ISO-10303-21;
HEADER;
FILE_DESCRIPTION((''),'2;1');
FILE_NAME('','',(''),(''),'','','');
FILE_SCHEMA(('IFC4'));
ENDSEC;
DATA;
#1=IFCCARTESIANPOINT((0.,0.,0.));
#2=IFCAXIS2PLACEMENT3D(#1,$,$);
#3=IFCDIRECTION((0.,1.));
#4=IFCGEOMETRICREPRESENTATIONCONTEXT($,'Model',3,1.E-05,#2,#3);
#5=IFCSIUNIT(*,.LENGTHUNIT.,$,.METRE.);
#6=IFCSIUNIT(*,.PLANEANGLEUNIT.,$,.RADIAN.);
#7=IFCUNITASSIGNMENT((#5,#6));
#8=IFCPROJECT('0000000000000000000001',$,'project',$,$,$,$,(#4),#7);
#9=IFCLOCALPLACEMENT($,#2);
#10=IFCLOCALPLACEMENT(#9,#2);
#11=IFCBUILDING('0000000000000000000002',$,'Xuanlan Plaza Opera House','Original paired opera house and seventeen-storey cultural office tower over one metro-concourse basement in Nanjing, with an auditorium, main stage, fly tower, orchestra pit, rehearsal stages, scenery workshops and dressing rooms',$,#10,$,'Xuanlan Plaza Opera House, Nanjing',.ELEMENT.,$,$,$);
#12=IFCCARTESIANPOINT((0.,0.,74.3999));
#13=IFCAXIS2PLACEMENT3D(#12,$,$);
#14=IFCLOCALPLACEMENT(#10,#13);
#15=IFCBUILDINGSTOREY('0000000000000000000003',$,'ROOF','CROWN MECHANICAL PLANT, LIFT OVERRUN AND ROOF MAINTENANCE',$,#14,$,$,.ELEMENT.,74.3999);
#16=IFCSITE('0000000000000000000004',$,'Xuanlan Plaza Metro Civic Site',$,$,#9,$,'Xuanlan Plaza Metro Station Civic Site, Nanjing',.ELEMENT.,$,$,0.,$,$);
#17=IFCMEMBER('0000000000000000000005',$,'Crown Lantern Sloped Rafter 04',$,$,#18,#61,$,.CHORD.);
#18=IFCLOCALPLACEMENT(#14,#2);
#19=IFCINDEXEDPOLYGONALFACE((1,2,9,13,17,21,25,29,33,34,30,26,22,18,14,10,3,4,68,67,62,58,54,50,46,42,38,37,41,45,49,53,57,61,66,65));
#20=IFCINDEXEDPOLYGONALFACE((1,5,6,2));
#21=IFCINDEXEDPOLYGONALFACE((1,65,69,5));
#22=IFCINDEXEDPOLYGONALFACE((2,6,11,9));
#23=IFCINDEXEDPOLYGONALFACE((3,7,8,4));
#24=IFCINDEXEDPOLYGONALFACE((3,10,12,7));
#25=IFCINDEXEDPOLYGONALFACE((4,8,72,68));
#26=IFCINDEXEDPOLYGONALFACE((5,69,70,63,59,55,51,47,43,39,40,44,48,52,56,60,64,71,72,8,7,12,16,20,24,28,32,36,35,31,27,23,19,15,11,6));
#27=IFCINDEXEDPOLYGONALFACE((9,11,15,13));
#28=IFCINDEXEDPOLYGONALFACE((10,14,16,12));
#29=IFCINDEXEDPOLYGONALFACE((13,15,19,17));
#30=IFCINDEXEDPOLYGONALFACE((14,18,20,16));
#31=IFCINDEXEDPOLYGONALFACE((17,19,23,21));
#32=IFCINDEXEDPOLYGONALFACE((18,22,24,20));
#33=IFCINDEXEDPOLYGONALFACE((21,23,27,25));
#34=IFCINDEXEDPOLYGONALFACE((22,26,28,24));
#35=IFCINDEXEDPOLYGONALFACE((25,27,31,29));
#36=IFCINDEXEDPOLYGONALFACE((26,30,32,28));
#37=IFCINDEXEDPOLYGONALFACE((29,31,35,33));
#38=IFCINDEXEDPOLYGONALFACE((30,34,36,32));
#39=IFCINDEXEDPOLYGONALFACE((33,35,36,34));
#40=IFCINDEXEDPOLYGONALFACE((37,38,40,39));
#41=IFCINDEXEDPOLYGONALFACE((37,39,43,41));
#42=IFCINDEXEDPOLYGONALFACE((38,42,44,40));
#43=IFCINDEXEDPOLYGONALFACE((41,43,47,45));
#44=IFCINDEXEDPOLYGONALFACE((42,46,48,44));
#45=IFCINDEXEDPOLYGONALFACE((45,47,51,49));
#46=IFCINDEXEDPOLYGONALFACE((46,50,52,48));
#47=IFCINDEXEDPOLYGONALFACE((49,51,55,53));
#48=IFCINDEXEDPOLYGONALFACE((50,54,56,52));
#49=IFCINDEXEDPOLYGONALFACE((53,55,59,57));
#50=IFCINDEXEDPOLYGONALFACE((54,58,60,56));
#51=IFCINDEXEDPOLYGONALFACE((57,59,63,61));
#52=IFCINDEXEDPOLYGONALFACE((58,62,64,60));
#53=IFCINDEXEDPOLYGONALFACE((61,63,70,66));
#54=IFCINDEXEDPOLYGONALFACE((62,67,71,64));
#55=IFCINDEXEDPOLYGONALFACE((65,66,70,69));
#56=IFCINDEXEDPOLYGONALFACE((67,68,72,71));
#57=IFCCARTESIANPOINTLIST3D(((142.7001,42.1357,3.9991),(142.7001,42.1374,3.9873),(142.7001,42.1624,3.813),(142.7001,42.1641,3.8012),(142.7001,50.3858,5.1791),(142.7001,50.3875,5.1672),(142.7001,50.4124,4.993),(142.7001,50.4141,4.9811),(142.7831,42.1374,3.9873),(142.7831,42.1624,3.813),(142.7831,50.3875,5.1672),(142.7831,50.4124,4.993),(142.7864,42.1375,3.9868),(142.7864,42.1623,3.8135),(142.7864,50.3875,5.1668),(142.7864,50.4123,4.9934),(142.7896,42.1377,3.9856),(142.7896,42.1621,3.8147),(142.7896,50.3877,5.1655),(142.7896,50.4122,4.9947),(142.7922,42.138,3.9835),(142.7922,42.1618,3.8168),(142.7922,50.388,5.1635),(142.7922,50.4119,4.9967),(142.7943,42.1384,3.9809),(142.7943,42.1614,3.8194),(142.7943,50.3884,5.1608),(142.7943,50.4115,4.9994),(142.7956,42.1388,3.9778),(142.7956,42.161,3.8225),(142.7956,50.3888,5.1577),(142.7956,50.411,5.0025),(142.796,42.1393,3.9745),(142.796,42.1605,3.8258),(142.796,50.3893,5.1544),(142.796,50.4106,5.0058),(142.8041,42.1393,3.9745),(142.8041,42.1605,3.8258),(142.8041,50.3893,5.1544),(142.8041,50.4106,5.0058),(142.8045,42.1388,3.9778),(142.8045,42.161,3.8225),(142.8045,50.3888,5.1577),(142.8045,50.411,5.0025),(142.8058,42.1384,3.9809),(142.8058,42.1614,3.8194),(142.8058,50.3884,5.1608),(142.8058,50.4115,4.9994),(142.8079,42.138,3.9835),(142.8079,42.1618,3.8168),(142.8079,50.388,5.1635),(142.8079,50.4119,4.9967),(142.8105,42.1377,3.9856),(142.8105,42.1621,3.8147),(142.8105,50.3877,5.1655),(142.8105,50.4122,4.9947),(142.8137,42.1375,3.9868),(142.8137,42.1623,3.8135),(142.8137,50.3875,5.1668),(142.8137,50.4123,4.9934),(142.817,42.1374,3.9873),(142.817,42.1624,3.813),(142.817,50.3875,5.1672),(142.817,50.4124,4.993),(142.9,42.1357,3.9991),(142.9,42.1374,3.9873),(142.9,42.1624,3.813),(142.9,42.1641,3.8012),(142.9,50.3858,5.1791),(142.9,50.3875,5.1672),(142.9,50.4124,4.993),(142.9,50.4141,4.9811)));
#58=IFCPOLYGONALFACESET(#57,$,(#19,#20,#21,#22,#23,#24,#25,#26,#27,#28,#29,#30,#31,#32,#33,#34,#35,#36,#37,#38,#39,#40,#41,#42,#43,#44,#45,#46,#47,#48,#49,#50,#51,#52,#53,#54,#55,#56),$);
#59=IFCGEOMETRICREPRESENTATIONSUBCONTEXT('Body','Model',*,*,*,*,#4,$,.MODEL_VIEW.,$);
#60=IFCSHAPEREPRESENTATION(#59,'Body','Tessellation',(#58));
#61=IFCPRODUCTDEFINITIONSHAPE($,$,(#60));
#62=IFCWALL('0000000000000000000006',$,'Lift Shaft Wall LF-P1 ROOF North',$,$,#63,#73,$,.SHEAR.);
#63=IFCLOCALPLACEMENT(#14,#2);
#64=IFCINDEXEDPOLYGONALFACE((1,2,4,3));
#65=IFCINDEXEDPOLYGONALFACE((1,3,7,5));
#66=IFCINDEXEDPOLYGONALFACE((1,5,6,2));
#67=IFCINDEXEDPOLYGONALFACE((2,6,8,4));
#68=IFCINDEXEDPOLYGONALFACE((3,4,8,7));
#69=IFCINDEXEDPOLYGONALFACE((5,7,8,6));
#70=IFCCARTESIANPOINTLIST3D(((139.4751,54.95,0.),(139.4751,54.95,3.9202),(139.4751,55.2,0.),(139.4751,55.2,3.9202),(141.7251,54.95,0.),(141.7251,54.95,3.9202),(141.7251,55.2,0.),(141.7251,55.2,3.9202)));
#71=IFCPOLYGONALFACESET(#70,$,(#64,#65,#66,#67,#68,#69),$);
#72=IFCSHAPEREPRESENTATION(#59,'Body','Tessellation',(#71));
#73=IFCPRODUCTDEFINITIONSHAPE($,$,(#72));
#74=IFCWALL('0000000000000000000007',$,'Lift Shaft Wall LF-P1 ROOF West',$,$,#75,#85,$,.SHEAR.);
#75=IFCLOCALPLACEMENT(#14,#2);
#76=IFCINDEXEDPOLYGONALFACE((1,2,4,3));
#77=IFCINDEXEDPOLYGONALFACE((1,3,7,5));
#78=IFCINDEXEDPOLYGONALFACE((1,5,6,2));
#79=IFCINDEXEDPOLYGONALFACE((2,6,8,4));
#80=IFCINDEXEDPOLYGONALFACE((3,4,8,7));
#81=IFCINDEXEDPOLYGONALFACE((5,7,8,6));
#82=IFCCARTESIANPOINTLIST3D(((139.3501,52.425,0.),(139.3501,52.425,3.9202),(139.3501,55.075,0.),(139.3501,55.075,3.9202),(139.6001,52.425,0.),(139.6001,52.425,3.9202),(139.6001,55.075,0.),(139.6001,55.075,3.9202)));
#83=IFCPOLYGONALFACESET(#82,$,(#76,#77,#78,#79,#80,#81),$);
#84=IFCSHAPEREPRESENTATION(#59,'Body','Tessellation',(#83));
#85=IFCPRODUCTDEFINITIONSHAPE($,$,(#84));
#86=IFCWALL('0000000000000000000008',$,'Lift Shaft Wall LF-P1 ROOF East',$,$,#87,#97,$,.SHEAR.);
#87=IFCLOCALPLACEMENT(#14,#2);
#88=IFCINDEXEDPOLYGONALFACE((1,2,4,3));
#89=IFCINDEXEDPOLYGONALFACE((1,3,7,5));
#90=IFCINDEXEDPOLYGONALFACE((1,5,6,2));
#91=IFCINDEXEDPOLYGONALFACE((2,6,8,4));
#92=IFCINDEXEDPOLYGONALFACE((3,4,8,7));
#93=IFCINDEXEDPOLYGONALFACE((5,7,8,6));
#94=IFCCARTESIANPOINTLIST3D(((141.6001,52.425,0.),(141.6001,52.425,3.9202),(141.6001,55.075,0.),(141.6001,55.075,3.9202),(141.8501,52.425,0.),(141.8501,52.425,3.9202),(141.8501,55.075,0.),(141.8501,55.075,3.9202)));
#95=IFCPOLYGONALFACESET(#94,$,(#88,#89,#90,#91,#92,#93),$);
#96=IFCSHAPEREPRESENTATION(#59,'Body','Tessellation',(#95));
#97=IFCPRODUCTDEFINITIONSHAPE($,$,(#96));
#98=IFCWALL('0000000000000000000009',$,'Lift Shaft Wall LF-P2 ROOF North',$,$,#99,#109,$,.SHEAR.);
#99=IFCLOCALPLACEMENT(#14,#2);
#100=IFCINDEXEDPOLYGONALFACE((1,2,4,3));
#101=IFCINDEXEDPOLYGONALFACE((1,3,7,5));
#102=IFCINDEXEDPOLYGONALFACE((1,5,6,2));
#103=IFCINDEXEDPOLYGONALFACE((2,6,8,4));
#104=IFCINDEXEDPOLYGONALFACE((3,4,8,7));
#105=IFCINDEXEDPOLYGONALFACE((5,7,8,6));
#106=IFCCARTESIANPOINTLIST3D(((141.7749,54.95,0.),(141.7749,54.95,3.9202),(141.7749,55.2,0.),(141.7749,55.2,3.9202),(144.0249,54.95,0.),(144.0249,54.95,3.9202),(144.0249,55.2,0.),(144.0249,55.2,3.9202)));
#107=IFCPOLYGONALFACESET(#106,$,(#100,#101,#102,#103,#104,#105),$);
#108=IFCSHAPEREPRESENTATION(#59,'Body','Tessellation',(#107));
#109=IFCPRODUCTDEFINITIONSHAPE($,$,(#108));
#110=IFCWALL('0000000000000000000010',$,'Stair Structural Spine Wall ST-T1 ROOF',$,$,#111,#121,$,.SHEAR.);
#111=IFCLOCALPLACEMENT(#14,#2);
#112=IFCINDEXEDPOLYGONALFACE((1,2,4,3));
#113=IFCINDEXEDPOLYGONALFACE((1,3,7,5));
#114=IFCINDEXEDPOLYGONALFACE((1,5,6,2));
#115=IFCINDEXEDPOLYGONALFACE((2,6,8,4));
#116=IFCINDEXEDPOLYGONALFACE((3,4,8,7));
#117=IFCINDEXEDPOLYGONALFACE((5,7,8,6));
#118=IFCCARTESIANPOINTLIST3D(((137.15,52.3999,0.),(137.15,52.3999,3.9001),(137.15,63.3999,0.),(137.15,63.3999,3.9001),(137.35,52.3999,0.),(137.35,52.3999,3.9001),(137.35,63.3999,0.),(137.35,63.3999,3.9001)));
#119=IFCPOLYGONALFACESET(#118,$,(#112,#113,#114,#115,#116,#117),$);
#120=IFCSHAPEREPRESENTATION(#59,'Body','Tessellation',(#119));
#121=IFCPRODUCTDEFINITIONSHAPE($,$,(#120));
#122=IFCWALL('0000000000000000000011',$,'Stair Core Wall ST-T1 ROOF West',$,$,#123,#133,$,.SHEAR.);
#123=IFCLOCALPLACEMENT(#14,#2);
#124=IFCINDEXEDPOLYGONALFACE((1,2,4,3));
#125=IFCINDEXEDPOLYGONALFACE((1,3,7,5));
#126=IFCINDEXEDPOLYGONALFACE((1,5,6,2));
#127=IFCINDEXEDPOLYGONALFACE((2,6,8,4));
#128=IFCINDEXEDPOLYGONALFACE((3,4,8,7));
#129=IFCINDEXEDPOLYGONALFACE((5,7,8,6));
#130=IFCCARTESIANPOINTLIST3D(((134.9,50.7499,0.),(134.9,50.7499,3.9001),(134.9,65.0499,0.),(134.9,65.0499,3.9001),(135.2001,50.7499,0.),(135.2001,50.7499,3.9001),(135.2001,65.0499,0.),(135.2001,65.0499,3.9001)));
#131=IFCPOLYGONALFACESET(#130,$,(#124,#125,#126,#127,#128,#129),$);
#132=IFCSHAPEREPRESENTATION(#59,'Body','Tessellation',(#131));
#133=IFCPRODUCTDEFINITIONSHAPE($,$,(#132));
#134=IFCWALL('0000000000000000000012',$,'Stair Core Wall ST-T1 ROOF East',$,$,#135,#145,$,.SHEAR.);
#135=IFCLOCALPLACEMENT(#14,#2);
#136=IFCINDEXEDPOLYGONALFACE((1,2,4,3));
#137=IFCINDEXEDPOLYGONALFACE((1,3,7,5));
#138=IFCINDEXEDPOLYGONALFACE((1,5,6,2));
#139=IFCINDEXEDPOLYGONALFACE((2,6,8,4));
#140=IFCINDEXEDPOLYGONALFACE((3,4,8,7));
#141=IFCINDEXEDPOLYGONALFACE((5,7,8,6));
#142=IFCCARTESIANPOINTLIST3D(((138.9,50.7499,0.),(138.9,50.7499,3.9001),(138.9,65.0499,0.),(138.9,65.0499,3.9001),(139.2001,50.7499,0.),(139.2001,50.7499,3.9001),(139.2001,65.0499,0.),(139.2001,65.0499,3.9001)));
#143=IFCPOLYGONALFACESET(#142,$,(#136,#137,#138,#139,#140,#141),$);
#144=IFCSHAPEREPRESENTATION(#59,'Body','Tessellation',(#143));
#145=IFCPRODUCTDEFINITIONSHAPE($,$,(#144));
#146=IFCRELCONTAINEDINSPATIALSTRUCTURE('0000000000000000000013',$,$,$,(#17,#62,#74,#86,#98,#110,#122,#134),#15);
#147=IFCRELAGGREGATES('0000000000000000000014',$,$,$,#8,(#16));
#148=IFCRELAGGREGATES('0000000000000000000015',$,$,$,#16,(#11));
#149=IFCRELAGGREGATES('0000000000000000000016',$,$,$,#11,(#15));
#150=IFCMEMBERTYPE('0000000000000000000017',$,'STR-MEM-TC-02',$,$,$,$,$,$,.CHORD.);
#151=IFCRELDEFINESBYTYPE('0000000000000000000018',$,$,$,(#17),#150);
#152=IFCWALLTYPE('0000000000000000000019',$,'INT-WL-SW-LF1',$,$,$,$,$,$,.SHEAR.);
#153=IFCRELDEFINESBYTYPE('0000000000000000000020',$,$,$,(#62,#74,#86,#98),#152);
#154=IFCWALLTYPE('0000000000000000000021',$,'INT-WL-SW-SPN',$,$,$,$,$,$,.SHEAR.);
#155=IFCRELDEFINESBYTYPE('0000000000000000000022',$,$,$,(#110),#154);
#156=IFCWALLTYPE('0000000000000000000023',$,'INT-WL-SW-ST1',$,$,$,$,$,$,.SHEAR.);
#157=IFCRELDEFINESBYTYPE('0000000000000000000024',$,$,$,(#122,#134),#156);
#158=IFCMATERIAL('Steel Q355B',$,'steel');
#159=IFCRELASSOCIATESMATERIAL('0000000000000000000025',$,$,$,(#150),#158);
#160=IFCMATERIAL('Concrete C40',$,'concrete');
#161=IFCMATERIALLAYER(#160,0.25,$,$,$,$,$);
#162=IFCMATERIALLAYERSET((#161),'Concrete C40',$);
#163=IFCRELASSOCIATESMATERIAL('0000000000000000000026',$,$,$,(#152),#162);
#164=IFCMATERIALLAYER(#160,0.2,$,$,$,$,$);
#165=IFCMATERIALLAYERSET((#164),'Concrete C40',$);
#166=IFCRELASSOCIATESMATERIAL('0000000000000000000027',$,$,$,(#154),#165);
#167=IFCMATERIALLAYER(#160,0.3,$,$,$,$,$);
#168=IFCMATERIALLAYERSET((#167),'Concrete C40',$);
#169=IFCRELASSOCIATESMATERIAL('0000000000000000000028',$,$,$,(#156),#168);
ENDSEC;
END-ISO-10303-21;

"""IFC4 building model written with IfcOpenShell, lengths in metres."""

from ifc_helpers import new_model, si_unit, direction, frame, frame_2d, origin, origin_2d, place, context, subcontext, project, spatial, rectangle, i_section, extrude, material, layer, layer_set, material_profile, profile_set, type_object, element, save


model = new_model("IFC4")

# Units and contexts
model_context = context("Model", 3, precision=1e-05, world=origin(), true_north=direction((0.0, 1.0)))
body_context = subcontext(model_context, "Body", "Model", "MODEL_VIEW")
ifc_project = project(units=[si_unit("LENGTHUNIT", "METRE"), si_unit("PLANEANGLEUNIT", "RADIAN")], contexts=[model_context])

# Site, building, storey
site_placement = place(None, origin())
site = spatial("IfcSite", under=ifc_project, at=site_placement, Name="Xuanlan Plaza Metro Civic Site", LongName="Xuanlan Plaza Metro Station Civic Site, Nanjing", CompositionType="ELEMENT", RefElevation=0.0)
building_placement = place(site_placement, origin())
building = spatial("IfcBuilding", under=site, at=building_placement, Name="Xuanlan Plaza Opera House", Description="Original paired opera house and seventeen-storey cultural office tower over one metro-concourse basement in Nanjing, with an auditorium, main stage, fly tower, orchestra pit, rehearsal stages, scenery workshops and dressing rooms", LongName="Xuanlan Plaza Opera House, Nanjing", CompositionType="ELEMENT")
storey_placement = place(building_placement, frame((0.0, 0.0, 74.3999)))
storey = spatial("IfcBuildingStorey", under=building, at=storey_placement, Name="ROOF", Description="CROWN MECHANICAL PLANT, LIFT OVERRUN AND ROOF MAINTENANCE", CompositionType="ELEMENT", Elevation=74.3999)

# Shared definitions
ifc_material_1 = material(Name="Steel Q355B", Category="steel")

# Member
ifc_material_profile_1 = material_profile(ifc_material_1, i_section(OverallWidth=0.2, OverallDepth=0.2, WebThickness=0.0081, FlangeThickness=0.012, FilletRadius=0.0129, at=origin_2d()), Name="HW 200x200x8x12")
ifc_profile_set_1 = profile_set([ifc_material_profile_1], Name="Steel Q355B")
member_type_1 = type_object("IfcMemberType", Name="STR-MEM-TC-02", PredefinedType="CHORD", material=ifc_profile_set_1)
for number, where, z_axis, x_axis, name in (
    (1, (142.8, 42.1499, 3.9001), (0.0, 0.989927, 0.141581), (-1.0, 0.0, 0.0), "Crown Lantern Sloped Rafter 04"),
):
    element("IfcMember", number, at=place(storey_placement, frame(where, z_axis=z_axis, x_axis=x_axis)), inside=storey, type_object=member_type_1, Name=name, PredefinedType="CHORD", context=body_context, shape_type="SweptSolid", body=[
        extrude(i_section(OverallWidth=0.2, OverallDepth=0.2, WebThickness=0.0081, FlangeThickness=0.012, FilletRadius=0.0129, at=origin_2d()), origin(), (0.0, 0.0, 1.0), 8.334),
    ])

# Shared definitions
ifc_material_2 = material(Name="Concrete C40", Category="concrete")
ifc_layer_1 = layer(ifc_material_2, 0.25)
ifc_layer_set_1 = layer_set([ifc_layer_1], Name="Concrete C40")
wall_type_1 = type_object("IfcWallType", Name="INT-WL-SW-LF1", PredefinedType="SHEAR", material=ifc_layer_set_1)

# Walls
wall_1_placement = place(storey_placement, frame((139.4751, 55.075, 0.0), z_axis=(0.0, 0.0, 1.0), x_axis=(1.0, 0.0, 0.0)))
element("IfcWall", 2, at=wall_1_placement, inside=storey, type_object=wall_type_1, Name="Lift Shaft Wall LF-P1 ROOF North", PredefinedType="SHEAR", context=body_context, shape_type="SweptSolid", body=[
    extrude(rectangle(XDim=2.25, YDim=0.25, at=frame_2d((1.125, 0.0))), origin(), (0.0, 0.0, 1.0), 3.9202),
])
for number, where, z_axis, x_axis, name in (
    (3, (139.4751, 52.425, 0.0), (0.0, 0.0, 1.0), (0.0, 1.0, 0.0), "Lift Shaft Wall LF-P1 ROOF West"),
    (4, (141.7251, 52.425, 0.0), (0.0, 0.0, 1.0), (0.0, 1.0, 0.0), "Lift Shaft Wall LF-P1 ROOF East"),
):
    element("IfcWall", number, at=place(storey_placement, frame(where, z_axis=z_axis, x_axis=x_axis)), inside=storey, type_object=wall_type_1, Name=name, PredefinedType="SHEAR", context=body_context, shape_type="SweptSolid", body=[
        extrude(rectangle(XDim=2.6499, YDim=0.25, at=frame_2d((1.325, 0.0))), origin(), (0.0, 0.0, 1.0), 3.9202),
    ])

# Walls
wall_2_placement = place(storey_placement, frame((141.7749, 55.075, 0.0), z_axis=(0.0, 0.0, 1.0), x_axis=(1.0, 0.0, 0.0)))
element("IfcWall", 5, at=wall_2_placement, inside=storey, type_object=wall_type_1, Name="Lift Shaft Wall LF-P2 ROOF North", PredefinedType="SHEAR", context=body_context, shape_type="SweptSolid", body=[
    extrude(rectangle(XDim=2.25, YDim=0.25, at=frame_2d((1.125, 0.0))), origin(), (0.0, 0.0, 1.0), 3.9202),
])
ifc_layer_2 = layer(ifc_material_2, 0.2)
ifc_layer_set_2 = layer_set([ifc_layer_2], Name="Concrete C40")
wall_type_2 = type_object("IfcWallType", Name="INT-WL-SW-SPN", PredefinedType="SHEAR", material=ifc_layer_set_2)
wall_3_placement = place(storey_placement, frame((137.25, 52.3999, 0.0), z_axis=(0.0, 0.0, 1.0), x_axis=(0.0, 1.0, 0.0)))
element("IfcWall", 6, at=wall_3_placement, inside=storey, type_object=wall_type_2, Name="Stair Structural Spine Wall ST-T1 ROOF", PredefinedType="SHEAR", context=body_context, shape_type="SweptSolid", body=[
    extrude(rectangle(XDim=11.0, YDim=0.2, at=frame_2d((5.5, 0.0))), origin(), (0.0, 0.0, 1.0), 3.9001),
])

# Shared definitions
ifc_layer_3 = layer(ifc_material_2, 0.3)
ifc_layer_set_3 = layer_set([ifc_layer_3], Name="Concrete C40")
wall_type_3 = type_object("IfcWallType", Name="INT-WL-SW-ST1", PredefinedType="SHEAR", material=ifc_layer_set_3)

# Walls
for number, where, z_axis, x_axis, name in (
    (7, (135.05, 50.75, 0.0), (0.0, 0.0, 1.0), (0.0, 1.0, 0.0), "Stair Core Wall ST-T1 ROOF West"),
    (8, (139.05, 50.75, 0.0), (0.0, 0.0, 1.0), (0.0, 1.0, 0.0), "Stair Core Wall ST-T1 ROOF East"),
):
    element("IfcWall", number, at=place(storey_placement, frame(where, z_axis=z_axis, x_axis=x_axis)), inside=storey, type_object=wall_type_3, Name=name, PredefinedType="SHEAR", context=body_context, shape_type="SweptSolid", body=[
        extrude(rectangle(XDim=14.3, YDim=0.3, at=frame_2d((7.1499, 0.0))), origin(), (0.0, 0.0, 1.0), 3.9001),
    ])

save(model, "model.ifc")
